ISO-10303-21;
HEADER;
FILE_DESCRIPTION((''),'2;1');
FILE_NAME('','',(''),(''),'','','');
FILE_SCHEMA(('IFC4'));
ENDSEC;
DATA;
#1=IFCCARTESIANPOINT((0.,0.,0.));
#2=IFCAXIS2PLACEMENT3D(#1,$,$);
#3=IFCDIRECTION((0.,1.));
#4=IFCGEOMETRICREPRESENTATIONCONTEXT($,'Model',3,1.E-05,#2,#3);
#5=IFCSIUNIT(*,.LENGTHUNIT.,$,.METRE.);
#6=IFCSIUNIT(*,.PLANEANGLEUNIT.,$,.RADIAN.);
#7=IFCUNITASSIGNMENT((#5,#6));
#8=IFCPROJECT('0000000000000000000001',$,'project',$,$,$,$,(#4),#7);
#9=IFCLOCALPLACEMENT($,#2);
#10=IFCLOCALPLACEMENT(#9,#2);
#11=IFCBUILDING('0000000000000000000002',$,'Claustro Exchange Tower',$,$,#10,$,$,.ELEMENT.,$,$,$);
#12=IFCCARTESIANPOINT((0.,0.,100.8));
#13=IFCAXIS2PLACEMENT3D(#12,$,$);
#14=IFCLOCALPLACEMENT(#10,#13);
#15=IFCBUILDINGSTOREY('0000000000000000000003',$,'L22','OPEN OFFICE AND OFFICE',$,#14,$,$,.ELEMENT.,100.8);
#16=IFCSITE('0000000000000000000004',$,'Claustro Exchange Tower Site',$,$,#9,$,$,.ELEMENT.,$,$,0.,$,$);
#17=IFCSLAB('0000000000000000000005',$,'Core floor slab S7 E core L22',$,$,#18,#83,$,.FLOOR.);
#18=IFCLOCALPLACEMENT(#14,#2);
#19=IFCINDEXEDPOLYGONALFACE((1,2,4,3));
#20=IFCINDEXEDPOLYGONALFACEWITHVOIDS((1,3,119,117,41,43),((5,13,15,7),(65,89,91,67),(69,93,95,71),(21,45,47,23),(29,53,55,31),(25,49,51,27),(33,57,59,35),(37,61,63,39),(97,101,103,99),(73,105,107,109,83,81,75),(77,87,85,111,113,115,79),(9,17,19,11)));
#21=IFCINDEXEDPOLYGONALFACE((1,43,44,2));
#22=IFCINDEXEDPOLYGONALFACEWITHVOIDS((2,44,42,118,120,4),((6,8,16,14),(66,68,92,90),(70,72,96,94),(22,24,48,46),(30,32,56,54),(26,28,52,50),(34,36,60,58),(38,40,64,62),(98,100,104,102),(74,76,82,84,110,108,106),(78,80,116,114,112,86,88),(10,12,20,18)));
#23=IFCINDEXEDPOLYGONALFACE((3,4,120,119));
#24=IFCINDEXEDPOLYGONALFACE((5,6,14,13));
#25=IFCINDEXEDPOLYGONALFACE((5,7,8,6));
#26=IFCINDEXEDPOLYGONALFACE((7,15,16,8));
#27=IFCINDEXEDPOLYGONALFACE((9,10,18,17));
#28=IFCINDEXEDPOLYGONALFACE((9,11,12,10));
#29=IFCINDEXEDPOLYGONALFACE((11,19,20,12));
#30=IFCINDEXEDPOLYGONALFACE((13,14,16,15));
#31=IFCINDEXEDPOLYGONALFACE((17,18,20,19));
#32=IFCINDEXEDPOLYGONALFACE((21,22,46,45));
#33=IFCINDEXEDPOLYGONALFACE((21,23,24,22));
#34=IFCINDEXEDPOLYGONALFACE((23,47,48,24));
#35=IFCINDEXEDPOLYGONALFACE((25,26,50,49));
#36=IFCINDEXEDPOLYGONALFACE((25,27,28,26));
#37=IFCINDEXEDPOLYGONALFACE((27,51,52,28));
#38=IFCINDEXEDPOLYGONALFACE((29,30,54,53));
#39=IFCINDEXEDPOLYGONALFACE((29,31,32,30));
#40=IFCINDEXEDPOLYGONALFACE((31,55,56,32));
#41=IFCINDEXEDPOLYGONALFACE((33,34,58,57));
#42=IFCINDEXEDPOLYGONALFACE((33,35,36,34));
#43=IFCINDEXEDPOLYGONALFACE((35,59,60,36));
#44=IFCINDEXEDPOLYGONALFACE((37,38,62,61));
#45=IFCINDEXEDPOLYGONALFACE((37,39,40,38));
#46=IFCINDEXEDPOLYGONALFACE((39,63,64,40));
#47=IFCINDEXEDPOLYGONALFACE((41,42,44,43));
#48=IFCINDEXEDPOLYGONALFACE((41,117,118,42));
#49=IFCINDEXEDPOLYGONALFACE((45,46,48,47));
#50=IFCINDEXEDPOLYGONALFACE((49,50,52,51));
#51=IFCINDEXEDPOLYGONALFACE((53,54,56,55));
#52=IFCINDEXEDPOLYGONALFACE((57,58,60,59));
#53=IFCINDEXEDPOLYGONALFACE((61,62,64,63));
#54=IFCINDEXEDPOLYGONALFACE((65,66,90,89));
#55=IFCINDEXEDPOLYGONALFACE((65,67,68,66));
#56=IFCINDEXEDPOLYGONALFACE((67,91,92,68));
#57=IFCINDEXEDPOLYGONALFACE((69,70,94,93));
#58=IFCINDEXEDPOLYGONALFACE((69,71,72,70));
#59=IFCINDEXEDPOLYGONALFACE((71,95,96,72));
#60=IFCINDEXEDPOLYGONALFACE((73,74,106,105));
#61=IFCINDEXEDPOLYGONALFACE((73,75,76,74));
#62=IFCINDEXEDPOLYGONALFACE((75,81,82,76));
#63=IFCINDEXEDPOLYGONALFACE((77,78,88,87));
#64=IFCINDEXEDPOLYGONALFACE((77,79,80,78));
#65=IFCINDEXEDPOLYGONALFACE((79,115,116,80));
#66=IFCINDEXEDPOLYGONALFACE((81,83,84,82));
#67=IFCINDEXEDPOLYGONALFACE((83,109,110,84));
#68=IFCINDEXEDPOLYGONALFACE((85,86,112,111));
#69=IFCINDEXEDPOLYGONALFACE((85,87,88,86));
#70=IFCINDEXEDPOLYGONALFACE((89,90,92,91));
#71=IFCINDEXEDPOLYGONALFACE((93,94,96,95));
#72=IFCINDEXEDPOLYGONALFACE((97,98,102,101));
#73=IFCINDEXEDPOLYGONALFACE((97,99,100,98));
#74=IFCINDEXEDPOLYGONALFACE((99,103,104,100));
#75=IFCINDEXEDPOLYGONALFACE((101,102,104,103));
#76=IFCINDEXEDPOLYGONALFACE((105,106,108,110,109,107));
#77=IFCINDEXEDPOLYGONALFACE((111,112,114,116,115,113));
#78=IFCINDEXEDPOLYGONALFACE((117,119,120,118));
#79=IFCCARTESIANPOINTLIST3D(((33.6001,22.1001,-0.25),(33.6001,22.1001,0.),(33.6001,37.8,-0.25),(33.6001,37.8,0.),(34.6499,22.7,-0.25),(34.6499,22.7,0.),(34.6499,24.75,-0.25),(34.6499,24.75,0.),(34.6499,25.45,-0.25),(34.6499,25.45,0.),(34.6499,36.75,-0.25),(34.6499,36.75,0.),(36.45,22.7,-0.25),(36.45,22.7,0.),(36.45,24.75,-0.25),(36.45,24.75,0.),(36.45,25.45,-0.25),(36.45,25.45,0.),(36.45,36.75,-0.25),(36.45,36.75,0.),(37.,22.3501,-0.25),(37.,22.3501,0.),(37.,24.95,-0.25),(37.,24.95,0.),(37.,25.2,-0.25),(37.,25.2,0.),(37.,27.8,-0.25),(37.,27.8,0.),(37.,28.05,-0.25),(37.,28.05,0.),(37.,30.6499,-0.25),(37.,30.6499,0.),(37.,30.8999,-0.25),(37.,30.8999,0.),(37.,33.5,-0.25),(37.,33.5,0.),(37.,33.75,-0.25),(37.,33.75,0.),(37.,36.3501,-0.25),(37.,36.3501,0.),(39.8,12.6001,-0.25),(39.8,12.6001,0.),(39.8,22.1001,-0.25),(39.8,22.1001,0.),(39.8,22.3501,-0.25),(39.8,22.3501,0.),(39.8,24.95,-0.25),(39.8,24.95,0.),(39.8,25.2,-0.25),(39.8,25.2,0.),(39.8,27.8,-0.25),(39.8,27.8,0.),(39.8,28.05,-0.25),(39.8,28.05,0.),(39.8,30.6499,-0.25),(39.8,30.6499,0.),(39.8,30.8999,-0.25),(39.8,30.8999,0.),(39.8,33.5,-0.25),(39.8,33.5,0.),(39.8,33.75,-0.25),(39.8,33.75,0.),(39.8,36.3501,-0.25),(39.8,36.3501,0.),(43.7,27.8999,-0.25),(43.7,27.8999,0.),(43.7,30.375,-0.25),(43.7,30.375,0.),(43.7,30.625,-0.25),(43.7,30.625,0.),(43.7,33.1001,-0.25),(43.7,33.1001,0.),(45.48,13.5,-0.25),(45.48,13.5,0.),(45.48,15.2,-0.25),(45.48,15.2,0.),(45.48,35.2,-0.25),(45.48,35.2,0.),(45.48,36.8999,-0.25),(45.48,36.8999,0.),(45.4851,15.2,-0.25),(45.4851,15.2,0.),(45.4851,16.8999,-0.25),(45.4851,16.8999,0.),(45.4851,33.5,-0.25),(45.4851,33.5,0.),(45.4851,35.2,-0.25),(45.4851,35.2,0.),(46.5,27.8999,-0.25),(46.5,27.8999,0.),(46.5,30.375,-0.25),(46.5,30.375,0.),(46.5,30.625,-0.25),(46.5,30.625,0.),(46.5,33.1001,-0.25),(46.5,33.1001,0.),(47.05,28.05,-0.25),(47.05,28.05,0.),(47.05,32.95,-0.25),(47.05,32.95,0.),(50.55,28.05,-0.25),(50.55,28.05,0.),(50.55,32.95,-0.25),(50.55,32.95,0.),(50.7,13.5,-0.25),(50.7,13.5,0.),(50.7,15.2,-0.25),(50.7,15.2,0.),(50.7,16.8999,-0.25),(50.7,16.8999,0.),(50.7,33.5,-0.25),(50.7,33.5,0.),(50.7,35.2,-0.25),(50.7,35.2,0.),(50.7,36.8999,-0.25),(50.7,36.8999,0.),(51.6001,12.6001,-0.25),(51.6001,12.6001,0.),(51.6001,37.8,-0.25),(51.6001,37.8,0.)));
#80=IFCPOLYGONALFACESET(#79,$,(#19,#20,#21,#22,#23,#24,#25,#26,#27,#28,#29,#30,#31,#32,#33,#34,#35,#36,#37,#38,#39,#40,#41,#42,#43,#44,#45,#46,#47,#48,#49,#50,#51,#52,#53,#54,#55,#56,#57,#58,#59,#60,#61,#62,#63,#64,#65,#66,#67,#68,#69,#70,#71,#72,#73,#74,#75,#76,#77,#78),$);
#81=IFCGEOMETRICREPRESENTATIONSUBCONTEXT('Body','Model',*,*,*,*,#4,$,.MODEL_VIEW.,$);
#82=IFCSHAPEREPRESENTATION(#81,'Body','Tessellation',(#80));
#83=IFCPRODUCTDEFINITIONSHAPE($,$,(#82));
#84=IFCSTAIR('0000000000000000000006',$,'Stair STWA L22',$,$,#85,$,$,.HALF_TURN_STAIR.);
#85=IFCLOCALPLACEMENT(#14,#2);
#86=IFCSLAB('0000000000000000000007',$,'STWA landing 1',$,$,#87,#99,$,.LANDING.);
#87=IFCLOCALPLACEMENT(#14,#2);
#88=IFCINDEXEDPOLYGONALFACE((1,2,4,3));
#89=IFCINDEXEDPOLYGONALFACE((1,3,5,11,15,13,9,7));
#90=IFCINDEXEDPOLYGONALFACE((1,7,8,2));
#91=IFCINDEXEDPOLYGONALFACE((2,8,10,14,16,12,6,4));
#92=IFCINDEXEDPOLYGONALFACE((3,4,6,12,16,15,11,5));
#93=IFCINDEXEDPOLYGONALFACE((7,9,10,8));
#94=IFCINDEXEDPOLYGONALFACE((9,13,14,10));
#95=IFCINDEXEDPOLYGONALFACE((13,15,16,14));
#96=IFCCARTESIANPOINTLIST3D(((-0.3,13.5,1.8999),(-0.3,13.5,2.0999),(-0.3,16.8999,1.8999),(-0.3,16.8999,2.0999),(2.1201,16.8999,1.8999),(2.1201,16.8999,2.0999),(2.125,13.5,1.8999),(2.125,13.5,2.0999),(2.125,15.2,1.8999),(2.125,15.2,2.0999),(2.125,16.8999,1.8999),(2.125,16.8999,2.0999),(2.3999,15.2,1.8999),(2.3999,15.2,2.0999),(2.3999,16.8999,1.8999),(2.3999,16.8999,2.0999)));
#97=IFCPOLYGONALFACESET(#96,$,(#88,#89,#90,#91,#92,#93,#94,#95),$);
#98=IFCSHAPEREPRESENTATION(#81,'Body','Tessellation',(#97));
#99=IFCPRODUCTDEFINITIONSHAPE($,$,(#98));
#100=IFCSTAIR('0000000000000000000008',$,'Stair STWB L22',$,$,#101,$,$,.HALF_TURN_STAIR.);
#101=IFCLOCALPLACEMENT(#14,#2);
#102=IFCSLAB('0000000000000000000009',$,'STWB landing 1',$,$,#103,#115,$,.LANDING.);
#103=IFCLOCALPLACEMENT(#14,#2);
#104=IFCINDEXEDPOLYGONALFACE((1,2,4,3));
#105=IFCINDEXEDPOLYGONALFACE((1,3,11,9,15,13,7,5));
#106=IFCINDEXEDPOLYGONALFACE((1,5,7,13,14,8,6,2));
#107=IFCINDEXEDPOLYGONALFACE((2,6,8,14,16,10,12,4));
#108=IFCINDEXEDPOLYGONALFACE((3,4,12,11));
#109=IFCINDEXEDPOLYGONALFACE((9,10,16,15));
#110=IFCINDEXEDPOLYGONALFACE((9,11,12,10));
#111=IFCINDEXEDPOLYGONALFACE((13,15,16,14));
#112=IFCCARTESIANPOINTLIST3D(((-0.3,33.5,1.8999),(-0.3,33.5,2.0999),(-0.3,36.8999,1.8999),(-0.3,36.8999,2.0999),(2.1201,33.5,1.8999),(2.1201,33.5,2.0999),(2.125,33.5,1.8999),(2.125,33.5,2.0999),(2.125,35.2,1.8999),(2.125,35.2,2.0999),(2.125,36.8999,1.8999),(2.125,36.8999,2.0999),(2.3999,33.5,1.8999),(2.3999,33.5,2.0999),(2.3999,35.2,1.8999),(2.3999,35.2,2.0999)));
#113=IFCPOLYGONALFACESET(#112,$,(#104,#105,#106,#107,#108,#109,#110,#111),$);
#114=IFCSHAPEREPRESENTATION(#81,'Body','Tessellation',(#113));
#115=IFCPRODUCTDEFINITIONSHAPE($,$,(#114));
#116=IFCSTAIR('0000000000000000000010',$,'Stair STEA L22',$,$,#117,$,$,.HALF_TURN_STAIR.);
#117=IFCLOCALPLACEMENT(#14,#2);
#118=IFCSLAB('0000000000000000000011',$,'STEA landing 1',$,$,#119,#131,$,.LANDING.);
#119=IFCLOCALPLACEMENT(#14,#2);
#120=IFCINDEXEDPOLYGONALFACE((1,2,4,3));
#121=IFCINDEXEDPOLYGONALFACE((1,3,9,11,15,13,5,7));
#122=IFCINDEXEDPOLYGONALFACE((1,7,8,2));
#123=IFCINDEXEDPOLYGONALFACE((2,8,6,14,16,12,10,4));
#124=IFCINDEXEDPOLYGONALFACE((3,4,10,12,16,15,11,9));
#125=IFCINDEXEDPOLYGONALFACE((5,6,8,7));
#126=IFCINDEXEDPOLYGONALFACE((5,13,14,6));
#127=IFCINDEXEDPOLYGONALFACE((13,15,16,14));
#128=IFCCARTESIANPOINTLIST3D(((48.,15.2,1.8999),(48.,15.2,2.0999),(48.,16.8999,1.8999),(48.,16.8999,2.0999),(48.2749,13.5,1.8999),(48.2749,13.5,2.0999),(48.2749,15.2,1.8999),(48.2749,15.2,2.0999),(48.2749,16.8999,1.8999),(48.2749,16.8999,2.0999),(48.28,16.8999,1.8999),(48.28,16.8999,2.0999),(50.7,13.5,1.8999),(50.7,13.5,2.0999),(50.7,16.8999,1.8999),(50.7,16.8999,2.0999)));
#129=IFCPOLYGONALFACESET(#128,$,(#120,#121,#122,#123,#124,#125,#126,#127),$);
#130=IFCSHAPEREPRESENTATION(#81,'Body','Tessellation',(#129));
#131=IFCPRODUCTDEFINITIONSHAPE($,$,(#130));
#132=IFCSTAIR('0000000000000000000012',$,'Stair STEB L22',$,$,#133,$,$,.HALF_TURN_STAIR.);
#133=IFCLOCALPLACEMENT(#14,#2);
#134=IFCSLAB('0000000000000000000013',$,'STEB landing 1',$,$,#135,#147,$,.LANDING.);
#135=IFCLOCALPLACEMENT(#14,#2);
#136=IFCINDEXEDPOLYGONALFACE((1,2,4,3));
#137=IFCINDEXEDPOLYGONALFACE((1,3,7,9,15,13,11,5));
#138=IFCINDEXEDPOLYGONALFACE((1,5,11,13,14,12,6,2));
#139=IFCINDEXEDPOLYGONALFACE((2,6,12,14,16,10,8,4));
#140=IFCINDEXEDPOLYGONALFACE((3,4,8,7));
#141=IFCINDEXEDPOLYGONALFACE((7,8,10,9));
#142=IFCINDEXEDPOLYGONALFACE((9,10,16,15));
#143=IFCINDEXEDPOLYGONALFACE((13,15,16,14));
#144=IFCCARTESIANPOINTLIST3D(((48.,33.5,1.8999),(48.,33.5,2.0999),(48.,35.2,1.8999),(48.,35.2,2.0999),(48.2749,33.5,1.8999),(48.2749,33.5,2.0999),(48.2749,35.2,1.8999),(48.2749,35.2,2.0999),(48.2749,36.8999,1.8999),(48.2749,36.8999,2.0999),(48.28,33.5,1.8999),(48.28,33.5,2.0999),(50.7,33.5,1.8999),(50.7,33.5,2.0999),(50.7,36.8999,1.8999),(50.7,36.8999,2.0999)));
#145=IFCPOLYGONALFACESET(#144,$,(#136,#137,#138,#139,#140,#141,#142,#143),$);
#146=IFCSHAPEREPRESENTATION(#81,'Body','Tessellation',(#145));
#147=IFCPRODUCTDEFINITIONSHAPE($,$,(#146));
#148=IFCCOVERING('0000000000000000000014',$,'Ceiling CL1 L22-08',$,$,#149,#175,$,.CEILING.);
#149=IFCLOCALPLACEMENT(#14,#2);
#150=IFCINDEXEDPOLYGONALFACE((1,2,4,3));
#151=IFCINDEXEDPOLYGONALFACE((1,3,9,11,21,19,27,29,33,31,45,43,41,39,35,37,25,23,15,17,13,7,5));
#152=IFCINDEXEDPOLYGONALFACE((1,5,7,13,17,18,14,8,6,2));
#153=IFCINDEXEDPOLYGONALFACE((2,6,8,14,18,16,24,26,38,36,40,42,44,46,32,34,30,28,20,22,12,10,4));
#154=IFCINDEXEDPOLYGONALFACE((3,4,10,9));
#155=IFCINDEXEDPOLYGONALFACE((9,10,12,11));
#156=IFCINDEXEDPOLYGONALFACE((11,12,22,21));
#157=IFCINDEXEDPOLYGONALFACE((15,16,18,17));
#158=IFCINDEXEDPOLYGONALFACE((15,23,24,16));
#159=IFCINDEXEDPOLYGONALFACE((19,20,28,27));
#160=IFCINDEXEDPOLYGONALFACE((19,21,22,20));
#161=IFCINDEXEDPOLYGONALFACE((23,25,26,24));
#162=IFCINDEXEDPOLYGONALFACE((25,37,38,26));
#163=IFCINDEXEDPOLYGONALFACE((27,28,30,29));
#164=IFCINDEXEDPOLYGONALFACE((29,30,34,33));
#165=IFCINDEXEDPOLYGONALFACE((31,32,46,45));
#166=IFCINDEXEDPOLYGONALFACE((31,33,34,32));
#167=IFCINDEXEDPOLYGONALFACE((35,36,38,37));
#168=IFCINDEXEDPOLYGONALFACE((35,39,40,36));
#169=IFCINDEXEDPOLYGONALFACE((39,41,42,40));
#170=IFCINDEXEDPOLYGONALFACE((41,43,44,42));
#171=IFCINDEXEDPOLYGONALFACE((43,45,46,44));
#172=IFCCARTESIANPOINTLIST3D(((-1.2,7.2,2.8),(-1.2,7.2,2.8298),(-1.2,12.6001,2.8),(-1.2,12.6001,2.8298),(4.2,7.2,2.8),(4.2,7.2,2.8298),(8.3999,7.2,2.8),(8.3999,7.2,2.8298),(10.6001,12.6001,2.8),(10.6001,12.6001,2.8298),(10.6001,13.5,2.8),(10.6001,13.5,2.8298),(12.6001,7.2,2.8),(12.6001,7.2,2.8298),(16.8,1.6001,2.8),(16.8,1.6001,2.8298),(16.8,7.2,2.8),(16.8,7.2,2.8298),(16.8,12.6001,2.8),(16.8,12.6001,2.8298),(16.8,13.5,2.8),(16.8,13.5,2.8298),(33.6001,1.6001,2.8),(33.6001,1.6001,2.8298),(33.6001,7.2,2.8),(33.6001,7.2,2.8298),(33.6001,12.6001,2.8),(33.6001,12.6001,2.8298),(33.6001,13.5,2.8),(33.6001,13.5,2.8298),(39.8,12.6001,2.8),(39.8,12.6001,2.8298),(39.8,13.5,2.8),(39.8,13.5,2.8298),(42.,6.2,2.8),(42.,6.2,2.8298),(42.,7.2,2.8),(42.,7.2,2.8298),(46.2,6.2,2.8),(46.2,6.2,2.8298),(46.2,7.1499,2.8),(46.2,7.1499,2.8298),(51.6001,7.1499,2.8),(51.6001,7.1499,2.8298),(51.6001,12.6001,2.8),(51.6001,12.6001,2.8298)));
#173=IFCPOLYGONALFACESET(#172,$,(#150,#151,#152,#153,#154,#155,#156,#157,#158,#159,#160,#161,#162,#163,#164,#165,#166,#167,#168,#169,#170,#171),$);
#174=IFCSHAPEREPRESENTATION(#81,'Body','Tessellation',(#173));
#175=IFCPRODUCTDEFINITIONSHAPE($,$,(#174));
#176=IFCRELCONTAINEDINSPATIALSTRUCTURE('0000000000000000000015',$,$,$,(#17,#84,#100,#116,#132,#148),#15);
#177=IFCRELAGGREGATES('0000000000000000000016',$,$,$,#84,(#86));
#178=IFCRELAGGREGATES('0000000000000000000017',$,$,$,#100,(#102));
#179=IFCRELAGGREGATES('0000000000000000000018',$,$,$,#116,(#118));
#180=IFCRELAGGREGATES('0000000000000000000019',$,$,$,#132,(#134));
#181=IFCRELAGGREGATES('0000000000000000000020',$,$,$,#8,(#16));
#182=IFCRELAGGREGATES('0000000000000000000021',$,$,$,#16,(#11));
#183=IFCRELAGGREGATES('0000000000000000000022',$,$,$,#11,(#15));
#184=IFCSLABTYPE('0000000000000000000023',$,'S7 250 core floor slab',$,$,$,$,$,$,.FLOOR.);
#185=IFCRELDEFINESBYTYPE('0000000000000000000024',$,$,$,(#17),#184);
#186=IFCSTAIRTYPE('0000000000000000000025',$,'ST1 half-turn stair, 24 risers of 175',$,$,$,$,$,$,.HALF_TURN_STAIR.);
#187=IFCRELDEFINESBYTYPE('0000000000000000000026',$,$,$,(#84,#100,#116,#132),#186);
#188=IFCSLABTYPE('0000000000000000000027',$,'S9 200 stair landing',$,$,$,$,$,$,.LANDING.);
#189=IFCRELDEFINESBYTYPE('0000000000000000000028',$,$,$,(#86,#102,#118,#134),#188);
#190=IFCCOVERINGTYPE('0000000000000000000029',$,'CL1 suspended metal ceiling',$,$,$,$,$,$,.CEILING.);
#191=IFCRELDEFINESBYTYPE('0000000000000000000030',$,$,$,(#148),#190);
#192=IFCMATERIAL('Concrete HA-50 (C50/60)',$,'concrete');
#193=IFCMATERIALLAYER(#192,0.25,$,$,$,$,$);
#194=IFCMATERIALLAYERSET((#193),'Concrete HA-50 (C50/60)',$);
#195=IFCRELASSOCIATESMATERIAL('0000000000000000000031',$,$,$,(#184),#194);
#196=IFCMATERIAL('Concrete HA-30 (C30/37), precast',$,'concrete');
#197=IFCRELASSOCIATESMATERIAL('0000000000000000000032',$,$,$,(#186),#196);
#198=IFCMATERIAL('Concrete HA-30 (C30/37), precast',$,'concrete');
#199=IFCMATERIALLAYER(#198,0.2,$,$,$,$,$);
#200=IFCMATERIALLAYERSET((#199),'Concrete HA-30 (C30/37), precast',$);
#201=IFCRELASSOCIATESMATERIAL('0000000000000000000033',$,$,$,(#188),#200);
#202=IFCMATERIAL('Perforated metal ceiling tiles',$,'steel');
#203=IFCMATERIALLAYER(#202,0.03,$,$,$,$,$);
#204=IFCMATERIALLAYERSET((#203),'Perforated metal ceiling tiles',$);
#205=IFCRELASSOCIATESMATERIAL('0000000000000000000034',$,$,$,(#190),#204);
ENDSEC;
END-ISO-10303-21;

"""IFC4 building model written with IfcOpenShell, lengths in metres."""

from ifc_helpers import new_model, si_unit, direction, frame, origin, place, context, subcontext, project, spatial, polyline, outline, extrude, material, layer, layer_set, type_object, element, aggregate, save


model = new_model("IFC4")

# Units and contexts
model_context = context("Model", 3, precision=1e-05, world=origin(), true_north=direction((0.0, 1.0)))
body_context = subcontext(model_context, "Body", "Model", "MODEL_VIEW")
ifc_project = project(units=[si_unit("LENGTHUNIT", "METRE"), si_unit("PLANEANGLEUNIT", "RADIAN")], contexts=[model_context])

# Site, building, storey
site_placement = place(None, origin())
site = spatial("IfcSite", under=ifc_project, at=site_placement, Name="Claustro Exchange Tower Site", CompositionType="ELEMENT", RefElevation=0.0)
building_placement = place(site_placement, origin())
building = spatial("IfcBuilding", under=site, at=building_placement, Name="Claustro Exchange Tower", CompositionType="ELEMENT")
storey_placement = place(building_placement, frame((0.0, 0.0, 100.8)))
storey = spatial("IfcBuildingStorey", under=building, at=storey_placement, Name="L22", Description="OPEN OFFICE AND OFFICE", CompositionType="ELEMENT", Elevation=100.8)

# Slab
ifc_material_1 = material(Name="Concrete HA-50 (C50/60)", Category="concrete")
ifc_layer_1 = layer(ifc_material_1, 0.25)
ifc_layer_set_1 = layer_set([ifc_layer_1], Name="Concrete HA-50 (C50/60)")
slab_type_1 = type_object("IfcSlabType", Name="S7 250 core floor slab", PredefinedType="FLOOR", material=ifc_layer_set_1)
slab_1_placement = place(storey_placement, frame((0.0, 0.0, -0.25)))
element("IfcSlab", 1, at=slab_1_placement, inside=storey, type_object=slab_type_1, Name="Core floor slab S7 E core L22", PredefinedType="FLOOR", context=body_context, shape_type="SweptSolid", body=[
    extrude(outline(polyline([(51.6001, 37.8), (33.6001, 37.8), (33.6001, 22.1001), (39.8, 22.1001), (39.8, 12.6001), (51.6001, 12.6001), (51.6001, 37.8)]), holes=[polyline([(45.48, 15.2), (45.4851, 15.2), (45.4851, 16.8999), (50.7, 16.8999), (50.7, 15.2), (50.7, 13.5), (45.48, 13.5), (45.48, 15.2)]), polyline([(45.48, 35.2), (45.48, 36.8999), (50.7, 36.8999), (50.7, 35.2), (50.7, 33.5), (45.4851, 33.5), (45.4851, 35.2), (45.48, 35.2)]), polyline([(50.55, 32.95), (50.55, 28.05), (47.05, 28.05), (47.05, 32.95), (50.55, 32.95)]), polyline([(43.7, 33.1001), (46.5, 33.1001), (46.5, 30.625), (43.7, 30.625), (43.7, 33.1001)]), polyline([(46.5, 30.375), (46.5, 27.8999), (43.7, 27.8999), (43.7, 30.375), (46.5, 30.375)]), polyline([(37.0, 24.95), (39.8, 24.95), (39.8, 22.3501), (37.0, 22.3501), (37.0, 24.95)]), polyline([(37.0, 30.6499), (39.8, 30.6499), (39.8, 28.05), (37.0, 28.05), (37.0, 30.6499)]), polyline([(39.8, 27.8), (39.8, 25.2), (37.0, 25.2), (37.0, 27.8), (39.8, 27.8)]), polyline([(39.8, 33.5), (39.8, 30.8999), (37.0, 30.8999), (37.0, 33.5), (39.8, 33.5)]), polyline([(39.8, 36.3501), (39.8, 33.75), (37.0, 33.75), (37.0, 36.3501), (39.8, 36.3501)]), polyline([(36.45, 24.75), (36.45, 22.7), (34.6499, 22.7), (34.6499, 24.75), (36.45, 24.75)]), polyline([(36.45, 36.75), (36.45, 25.45), (34.6499, 25.45), (34.6499, 36.75), (36.45, 36.75)])]), origin(), (0.0, 0.0, 1.0), 0.25),
])

# Stairs, slabs
ifc_material_2 = material(Name="Concrete HA-30 (C30/37), precast", Category="concrete")
stair_type = type_object("IfcStairType", Name="ST1 half-turn stair, 24 risers of 175", PredefinedType="HALF_TURN_STAIR", material=ifc_material_2)
stair_1_placement = place(storey_placement, origin())
stair_1 = element("IfcStair", 2, at=stair_1_placement, inside=storey, type_object=stair_type, Name="Stair STWA L22", PredefinedType="HALF_TURN_STAIR")
ifc_material_3 = material(Name="Concrete HA-30 (C30/37), precast", Category="concrete")
ifc_layer_2 = layer(ifc_material_3, 0.2)
ifc_layer_set_2 = layer_set([ifc_layer_2], Name="Concrete HA-30 (C30/37), precast")
slab_type_2 = type_object("IfcSlabType", Name="S9 200 stair landing", PredefinedType="LANDING", material=ifc_layer_set_2)
slab_2_placement = place(storey_placement, frame((0.0, 0.0, 1.8999)))
slab_2 = element("IfcSlab", 3, at=slab_2_placement, type_object=slab_type_2, Name="STWA landing 1", PredefinedType="LANDING", context=body_context, shape_type="SweptSolid", body=[
    extrude(outline(polyline([(2.125, 13.5), (-0.3, 13.5), (-0.3, 16.8999), (2.1201, 16.8999), (2.125, 16.8999), (2.3999, 16.8999), (2.3999, 15.2), (2.125, 15.2), (2.125, 13.5)])), origin(), (0.0, 0.0, 1.0), 0.2),
])
aggregate(stair_1, [slab_2])
stair_2_placement = place(storey_placement, origin())
stair_2 = element("IfcStair", 4, at=stair_2_placement, inside=storey, type_object=stair_type, Name="Stair STWB L22", PredefinedType="HALF_TURN_STAIR")
slab_3_placement = place(storey_placement, frame((0.0, 0.0, 1.8999)))
slab_3 = element("IfcSlab", 5, at=slab_3_placement, type_object=slab_type_2, Name="STWB landing 1", PredefinedType="LANDING", context=body_context, shape_type="SweptSolid", body=[
    extrude(outline(polyline([(2.3999, 35.2), (2.3999, 33.5), (2.125, 33.5), (2.1201, 33.5), (-0.3, 33.5), (-0.3, 36.8999), (2.125, 36.8999), (2.125, 35.2), (2.3999, 35.2)])), origin(), (0.0, 0.0, 1.0), 0.2),
])
aggregate(stair_2, [slab_3])
stair_3_placement = place(storey_placement, origin())
stair_3 = element("IfcStair", 6, at=stair_3_placement, inside=storey, type_object=stair_type, Name="Stair STEA L22", PredefinedType="HALF_TURN_STAIR")
slab_4_placement = place(storey_placement, frame((0.0, 0.0, 1.8999)))
slab_4 = element("IfcSlab", 7, at=slab_4_placement, type_object=slab_type_2, Name="STEA landing 1", PredefinedType="LANDING", context=body_context, shape_type="SweptSolid", body=[
    extrude(outline(polyline([(50.7, 16.8999), (50.7, 13.5), (48.2749, 13.5), (48.2749, 15.2), (48.0, 15.2), (48.0, 16.8999), (48.2749, 16.8999), (48.28, 16.8999), (50.7, 16.8999)])), origin(), (0.0, 0.0, 1.0), 0.2),
])
aggregate(stair_3, [slab_4])
stair_4_placement = place(storey_placement, origin())
stair_4 = element("IfcStair", 8, at=stair_4_placement, inside=storey, type_object=stair_type, Name="Stair STEB L22", PredefinedType="HALF_TURN_STAIR")
slab_5_placement = place(storey_placement, frame((0.0, 0.0, 1.8999)))
slab_5 = element("IfcSlab", 9, at=slab_5_placement, type_object=slab_type_2, Name="STEB landing 1", PredefinedType="LANDING", context=body_context, shape_type="SweptSolid", body=[
    extrude(outline(polyline([(48.0, 33.5), (48.0, 35.2), (48.2749, 35.2), (48.2749, 36.8999), (50.7, 36.8999), (50.7, 33.5), (48.28, 33.5), (48.2749, 33.5), (48.0, 33.5)])), origin(), (0.0, 0.0, 1.0), 0.2),
])
aggregate(stair_4, [slab_5])

# Covering
ifc_material_4 = material(Name="Perforated metal ceiling tiles", Category="steel")
ifc_layer_3 = layer(ifc_material_4, 0.03)
ifc_layer_set_3 = layer_set([ifc_layer_3], Name="Perforated metal ceiling tiles")
covering_type_1 = type_object("IfcCoveringType", Name="CL1 suspended metal ceiling", PredefinedType="CEILING", material=ifc_layer_set_3)
covering_1_placement = place(storey_placement, frame((0.0, 0.0, 2.8)))
element("IfcCovering", 10, at=covering_1_placement, inside=storey, type_object=covering_type_1, Name="Ceiling CL1 L22-08", PredefinedType="CEILING", context=body_context, shape_type="SweptSolid", body=[
    extrude(outline(polyline([(-1.2, 12.6001), (-1.2, 7.2), (4.2, 7.2), (8.3999, 7.2), (12.6001, 7.2), (16.8, 7.2), (16.8, 1.6001), (33.6001, 1.6001), (33.6001, 7.2), (42.0, 7.2), (42.0, 6.2), (46.2, 6.2), (46.2, 7.1499), (51.6001, 7.1499), (51.6001, 12.6001), (39.8, 12.6001), (39.8, 13.5), (33.6001, 13.5), (33.6001, 12.6001), (16.8, 12.6001), (16.8, 13.5), (10.6001, 13.5), (10.6001, 12.6001), (-1.2, 12.6001)])), origin(), (0.0, 0.0, 1.0), 0.0298),
])

save(model, "model.ifc")
